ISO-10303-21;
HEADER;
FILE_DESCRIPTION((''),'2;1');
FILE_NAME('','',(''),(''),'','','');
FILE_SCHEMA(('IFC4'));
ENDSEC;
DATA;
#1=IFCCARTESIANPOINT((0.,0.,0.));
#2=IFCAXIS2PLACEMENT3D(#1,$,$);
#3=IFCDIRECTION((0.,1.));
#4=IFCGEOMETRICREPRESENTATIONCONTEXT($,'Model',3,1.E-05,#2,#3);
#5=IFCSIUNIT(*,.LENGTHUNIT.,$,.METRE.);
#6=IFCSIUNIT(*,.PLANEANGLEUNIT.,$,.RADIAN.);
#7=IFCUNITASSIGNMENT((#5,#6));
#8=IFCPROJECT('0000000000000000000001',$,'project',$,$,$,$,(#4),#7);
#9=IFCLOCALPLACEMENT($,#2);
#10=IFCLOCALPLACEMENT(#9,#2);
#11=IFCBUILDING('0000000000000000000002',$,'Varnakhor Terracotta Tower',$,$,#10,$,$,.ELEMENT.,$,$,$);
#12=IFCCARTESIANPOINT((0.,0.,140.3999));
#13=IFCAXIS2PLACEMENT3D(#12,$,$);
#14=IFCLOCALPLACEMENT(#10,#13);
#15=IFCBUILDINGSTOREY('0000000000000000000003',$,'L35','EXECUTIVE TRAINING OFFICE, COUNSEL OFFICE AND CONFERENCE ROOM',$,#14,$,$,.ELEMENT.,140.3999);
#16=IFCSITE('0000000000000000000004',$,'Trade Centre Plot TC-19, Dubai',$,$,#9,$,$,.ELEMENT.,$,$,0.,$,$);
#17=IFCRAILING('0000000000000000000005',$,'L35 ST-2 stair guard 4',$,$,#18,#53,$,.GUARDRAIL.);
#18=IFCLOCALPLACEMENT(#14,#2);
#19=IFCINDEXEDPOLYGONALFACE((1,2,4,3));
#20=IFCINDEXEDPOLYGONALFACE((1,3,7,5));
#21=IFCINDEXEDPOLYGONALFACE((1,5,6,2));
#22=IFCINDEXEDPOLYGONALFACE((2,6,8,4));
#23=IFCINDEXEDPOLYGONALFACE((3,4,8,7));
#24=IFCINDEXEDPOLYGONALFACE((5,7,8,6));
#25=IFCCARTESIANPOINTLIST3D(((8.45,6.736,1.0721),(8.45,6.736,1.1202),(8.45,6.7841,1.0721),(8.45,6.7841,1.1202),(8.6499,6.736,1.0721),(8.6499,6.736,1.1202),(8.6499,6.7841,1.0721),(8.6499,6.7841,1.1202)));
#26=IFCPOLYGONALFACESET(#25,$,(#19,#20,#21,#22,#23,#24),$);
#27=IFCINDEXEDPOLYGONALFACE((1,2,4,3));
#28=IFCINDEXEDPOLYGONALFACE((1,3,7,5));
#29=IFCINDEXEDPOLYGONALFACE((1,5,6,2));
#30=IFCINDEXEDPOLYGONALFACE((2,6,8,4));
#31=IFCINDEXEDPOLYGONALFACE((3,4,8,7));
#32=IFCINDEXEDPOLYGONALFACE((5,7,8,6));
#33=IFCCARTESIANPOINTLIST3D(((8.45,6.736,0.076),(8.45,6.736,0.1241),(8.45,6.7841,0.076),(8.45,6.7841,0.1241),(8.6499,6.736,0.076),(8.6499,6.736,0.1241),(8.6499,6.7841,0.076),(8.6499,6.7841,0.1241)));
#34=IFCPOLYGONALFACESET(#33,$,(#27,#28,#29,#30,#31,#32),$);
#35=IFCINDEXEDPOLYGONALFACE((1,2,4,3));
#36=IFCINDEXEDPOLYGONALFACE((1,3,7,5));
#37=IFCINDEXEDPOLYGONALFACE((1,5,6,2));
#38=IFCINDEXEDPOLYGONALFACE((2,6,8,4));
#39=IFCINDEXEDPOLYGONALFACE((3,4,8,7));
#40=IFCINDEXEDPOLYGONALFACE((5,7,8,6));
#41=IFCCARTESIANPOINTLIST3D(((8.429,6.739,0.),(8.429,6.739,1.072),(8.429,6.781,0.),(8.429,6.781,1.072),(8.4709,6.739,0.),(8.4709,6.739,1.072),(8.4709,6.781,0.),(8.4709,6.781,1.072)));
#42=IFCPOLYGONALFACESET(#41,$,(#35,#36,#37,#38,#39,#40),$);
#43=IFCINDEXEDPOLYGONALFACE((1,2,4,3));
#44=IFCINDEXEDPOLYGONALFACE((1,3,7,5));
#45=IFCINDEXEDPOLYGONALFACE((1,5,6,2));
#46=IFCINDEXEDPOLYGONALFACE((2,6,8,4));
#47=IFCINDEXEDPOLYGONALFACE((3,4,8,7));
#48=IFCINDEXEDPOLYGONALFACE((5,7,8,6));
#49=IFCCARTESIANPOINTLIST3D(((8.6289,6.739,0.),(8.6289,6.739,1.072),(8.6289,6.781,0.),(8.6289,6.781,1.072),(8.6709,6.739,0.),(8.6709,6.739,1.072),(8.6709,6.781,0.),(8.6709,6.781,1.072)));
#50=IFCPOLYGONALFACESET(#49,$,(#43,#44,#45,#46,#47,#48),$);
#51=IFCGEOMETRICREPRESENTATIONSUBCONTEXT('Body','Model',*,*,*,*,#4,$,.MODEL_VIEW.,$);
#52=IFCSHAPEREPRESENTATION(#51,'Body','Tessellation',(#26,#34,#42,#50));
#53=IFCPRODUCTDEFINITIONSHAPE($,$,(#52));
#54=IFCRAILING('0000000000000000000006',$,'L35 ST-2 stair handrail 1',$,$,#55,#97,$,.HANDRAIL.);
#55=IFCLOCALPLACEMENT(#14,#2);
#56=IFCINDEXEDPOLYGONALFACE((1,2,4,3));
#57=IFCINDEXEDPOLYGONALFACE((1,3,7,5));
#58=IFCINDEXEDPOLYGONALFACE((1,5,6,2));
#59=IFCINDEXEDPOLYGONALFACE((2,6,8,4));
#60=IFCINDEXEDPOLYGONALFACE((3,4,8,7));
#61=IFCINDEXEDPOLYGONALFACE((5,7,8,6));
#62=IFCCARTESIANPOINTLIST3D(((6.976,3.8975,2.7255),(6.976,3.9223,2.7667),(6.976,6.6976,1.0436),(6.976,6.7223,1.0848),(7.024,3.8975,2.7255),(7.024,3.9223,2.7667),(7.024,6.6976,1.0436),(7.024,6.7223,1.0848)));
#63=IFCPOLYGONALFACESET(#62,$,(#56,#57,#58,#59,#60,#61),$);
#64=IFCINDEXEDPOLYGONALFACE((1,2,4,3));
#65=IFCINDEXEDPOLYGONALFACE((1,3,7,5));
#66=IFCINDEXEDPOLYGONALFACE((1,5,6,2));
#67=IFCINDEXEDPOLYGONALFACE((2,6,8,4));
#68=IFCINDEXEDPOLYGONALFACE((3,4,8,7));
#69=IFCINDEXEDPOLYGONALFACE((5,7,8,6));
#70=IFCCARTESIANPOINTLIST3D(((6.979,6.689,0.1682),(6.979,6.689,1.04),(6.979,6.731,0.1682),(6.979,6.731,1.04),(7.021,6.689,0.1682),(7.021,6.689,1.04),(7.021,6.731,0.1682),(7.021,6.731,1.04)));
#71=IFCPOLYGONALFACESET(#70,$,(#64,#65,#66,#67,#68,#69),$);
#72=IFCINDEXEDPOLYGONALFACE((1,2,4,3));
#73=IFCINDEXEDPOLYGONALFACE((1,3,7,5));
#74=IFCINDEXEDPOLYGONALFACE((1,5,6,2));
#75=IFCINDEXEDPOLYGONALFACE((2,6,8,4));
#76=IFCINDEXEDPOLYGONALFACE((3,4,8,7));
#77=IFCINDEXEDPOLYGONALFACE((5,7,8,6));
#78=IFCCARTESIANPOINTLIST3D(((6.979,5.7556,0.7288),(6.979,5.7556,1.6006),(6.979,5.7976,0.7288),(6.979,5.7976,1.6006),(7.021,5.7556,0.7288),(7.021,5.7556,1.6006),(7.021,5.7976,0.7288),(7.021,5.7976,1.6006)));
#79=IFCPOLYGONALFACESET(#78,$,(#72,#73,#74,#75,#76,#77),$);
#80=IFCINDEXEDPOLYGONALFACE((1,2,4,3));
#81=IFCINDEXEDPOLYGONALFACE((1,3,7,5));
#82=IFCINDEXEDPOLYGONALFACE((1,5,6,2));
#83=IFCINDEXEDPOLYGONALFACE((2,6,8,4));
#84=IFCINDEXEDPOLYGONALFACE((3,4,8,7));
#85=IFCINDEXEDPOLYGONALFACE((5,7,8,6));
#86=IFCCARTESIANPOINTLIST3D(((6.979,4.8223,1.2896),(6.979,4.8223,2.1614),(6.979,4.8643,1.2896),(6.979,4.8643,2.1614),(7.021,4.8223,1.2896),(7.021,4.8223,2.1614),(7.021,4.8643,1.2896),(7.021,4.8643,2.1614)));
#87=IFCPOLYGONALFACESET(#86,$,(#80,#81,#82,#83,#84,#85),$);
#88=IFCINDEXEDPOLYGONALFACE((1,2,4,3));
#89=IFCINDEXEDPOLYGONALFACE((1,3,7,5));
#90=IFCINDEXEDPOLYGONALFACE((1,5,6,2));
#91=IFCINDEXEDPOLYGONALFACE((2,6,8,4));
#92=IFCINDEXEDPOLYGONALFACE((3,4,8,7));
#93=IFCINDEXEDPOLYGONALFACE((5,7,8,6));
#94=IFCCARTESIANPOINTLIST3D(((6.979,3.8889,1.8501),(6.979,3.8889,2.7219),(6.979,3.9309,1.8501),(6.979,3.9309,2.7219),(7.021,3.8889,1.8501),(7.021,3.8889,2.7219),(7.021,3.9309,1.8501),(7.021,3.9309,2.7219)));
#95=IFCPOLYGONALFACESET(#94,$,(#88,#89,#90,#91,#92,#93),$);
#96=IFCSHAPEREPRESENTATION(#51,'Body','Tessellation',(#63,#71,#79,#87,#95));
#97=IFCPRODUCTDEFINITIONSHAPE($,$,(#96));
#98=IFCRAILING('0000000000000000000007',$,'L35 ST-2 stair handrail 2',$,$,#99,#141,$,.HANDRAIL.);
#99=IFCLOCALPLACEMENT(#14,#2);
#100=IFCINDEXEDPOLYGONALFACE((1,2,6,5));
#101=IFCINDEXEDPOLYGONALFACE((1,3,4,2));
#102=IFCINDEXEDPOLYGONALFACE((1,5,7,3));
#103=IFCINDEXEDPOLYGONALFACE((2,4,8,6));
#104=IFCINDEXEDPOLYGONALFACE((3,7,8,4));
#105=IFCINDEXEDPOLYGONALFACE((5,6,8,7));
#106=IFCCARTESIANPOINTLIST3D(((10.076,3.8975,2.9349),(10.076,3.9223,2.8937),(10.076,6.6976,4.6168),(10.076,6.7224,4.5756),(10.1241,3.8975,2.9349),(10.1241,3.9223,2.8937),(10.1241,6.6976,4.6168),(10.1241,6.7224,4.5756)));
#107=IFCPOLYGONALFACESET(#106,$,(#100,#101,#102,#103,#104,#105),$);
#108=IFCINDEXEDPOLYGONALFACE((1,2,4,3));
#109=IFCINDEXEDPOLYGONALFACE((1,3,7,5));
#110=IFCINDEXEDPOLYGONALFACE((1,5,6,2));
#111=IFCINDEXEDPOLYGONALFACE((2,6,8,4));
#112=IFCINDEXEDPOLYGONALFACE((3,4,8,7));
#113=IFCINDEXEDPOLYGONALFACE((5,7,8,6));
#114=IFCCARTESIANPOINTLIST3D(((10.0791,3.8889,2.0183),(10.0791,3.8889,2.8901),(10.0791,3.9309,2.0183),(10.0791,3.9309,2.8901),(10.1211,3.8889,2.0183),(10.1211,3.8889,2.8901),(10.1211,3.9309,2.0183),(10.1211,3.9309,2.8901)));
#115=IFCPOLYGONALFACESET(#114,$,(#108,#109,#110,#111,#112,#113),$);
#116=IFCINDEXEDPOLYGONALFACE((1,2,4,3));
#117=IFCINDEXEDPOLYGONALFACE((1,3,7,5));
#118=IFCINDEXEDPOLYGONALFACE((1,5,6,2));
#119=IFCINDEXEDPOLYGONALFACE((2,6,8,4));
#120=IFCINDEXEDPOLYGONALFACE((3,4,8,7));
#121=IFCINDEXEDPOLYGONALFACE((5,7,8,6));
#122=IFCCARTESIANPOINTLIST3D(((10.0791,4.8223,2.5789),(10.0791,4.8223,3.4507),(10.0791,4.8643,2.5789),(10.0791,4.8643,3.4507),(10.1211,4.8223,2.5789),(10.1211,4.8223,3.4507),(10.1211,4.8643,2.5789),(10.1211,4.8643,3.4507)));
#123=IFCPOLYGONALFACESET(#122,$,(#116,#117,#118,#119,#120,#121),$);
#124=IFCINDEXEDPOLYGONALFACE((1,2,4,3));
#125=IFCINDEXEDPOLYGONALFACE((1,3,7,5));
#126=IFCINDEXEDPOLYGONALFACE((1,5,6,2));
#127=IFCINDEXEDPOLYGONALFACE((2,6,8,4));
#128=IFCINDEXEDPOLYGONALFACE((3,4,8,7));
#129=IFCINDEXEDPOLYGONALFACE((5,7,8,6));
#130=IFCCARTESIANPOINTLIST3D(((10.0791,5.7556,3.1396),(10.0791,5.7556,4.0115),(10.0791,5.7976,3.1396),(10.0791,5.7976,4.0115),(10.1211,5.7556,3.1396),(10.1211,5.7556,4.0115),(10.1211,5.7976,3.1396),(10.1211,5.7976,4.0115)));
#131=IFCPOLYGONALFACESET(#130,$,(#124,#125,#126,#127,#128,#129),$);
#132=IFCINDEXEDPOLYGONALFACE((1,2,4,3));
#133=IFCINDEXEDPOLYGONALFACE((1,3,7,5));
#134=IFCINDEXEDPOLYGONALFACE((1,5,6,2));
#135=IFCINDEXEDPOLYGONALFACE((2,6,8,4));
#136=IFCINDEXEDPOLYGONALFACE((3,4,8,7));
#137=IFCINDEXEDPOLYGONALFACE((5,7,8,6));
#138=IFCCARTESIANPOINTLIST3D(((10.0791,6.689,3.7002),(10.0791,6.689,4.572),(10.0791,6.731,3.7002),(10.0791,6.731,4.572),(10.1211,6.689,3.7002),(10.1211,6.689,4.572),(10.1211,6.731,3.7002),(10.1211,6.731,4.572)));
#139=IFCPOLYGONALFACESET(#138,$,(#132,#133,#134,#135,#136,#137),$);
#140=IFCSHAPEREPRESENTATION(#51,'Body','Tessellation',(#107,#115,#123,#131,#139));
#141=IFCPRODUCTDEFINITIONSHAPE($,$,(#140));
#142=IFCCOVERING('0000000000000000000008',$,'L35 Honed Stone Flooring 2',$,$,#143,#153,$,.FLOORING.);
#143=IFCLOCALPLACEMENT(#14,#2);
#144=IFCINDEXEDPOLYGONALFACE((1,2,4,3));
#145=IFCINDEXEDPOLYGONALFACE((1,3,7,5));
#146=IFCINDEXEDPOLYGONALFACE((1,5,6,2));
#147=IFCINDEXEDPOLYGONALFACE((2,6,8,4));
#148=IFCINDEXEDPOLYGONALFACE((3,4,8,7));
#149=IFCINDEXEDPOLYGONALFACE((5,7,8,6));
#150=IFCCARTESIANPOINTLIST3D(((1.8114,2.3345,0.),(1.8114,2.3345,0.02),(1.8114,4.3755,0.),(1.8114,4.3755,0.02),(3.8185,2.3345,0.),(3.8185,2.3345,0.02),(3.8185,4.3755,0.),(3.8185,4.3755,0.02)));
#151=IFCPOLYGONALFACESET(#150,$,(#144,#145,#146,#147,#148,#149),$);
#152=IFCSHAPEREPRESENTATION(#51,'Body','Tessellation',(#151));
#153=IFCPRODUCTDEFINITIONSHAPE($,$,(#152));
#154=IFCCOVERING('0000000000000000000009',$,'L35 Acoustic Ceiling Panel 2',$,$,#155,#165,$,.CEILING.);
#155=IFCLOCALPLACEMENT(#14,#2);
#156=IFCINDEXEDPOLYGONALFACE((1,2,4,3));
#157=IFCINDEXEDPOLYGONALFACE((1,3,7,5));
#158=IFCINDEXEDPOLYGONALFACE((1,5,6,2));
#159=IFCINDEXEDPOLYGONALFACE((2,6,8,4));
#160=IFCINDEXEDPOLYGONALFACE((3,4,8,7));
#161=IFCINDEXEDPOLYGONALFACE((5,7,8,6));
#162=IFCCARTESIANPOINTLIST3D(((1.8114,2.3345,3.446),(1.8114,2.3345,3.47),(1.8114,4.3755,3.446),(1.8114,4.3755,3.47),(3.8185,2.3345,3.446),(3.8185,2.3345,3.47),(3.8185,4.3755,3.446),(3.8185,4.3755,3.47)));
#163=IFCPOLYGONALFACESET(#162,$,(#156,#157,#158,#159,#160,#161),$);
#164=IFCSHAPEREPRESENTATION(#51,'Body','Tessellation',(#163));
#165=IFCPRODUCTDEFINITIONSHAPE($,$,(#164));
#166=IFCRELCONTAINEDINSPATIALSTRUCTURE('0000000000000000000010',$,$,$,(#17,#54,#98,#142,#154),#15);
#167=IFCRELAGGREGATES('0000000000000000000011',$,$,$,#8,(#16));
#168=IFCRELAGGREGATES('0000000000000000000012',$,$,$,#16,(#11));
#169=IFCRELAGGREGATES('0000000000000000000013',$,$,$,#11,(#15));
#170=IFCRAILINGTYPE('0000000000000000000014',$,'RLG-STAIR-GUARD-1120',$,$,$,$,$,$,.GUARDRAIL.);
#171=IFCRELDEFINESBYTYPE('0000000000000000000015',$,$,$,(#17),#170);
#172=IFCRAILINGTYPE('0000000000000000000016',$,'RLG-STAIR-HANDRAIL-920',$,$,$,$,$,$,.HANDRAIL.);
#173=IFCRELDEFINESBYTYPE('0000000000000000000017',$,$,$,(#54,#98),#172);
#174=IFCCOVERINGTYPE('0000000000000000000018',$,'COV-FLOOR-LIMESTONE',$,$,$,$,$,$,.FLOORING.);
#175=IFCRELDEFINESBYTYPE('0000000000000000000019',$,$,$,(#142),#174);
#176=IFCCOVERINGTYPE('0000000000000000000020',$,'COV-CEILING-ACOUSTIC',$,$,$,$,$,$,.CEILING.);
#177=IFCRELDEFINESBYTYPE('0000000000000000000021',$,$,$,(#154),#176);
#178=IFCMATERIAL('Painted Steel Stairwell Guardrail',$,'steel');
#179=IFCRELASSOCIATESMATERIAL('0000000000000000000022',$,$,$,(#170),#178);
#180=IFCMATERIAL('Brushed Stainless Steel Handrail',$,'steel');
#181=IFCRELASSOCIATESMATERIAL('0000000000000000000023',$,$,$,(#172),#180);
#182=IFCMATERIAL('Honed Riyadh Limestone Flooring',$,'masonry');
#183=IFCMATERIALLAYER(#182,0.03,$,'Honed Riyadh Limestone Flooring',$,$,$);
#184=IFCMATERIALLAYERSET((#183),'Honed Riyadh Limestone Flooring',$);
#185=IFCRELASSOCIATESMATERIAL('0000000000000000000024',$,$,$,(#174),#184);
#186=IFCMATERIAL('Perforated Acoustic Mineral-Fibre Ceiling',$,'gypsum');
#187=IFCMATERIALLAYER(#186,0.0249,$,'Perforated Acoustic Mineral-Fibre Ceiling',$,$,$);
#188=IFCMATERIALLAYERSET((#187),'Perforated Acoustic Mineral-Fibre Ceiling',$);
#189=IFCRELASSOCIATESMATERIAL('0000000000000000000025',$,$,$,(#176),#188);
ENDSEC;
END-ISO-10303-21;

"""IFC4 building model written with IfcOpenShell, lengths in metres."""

from ifc_helpers import new_model, si_unit, direction, frame, origin, origin_2d, place, context, subcontext, project, spatial, rectangle, extrude, source, transform, mapped, material, layer, layer_set, type_object, element, save


model = new_model("IFC4")

# Units and contexts
model_context = context("Model", 3, precision=1e-05, world=origin(), true_north=direction((0.0, 1.0)))
body_context = subcontext(model_context, "Body", "Model", "MODEL_VIEW")
ifc_project = project(units=[si_unit("LENGTHUNIT", "METRE"), si_unit("PLANEANGLEUNIT", "RADIAN")], contexts=[model_context])

# Site, building, storey
site_placement = place(None, origin())
site = spatial("IfcSite", under=ifc_project, at=site_placement, Name="Trade Centre Plot TC-19, Dubai", CompositionType="ELEMENT", RefElevation=0.0)
building_placement = place(site_placement, origin())
building = spatial("IfcBuilding", under=site, at=building_placement, Name="Varnakhor Terracotta Tower", CompositionType="ELEMENT")
storey_placement = place(building_placement, frame((0.0, 0.0, 140.3999)))
storey = spatial("IfcBuildingStorey", under=building, at=storey_placement, Name="L35", Description="EXECUTIVE TRAINING OFFICE, COUNSEL OFFICE AND CONFERENCE ROOM", CompositionType="ELEMENT", Elevation=140.3999)

# Railings
ifc_material_1 = material(Name="Painted Steel Stairwell Guardrail", Category="steel")
railing_type_1 = type_object("IfcRailingType", Name="RLG-STAIR-GUARD-1120", PredefinedType="GUARDRAIL", material=ifc_material_1)
railing_1_placement = place(storey_placement, frame((8.45, 6.76, 0.0)))
element("IfcRailing", 1, at=railing_1_placement, inside=storey, type_object=railing_type_1, Name="L35 ST-2 stair guard 4", PredefinedType="GUARDRAIL", context=body_context, shape_type="SweptSolid", body=[
    extrude(rectangle(XDim=0.0481, YDim=0.0481, at=origin_2d()), frame((0.0, 0.0, 1.0962), z_axis=(1.0, 0.0, 0.0), x_axis=(0.0, 1.0, 0.0)), (0.0, 0.0, 1.0), 0.2),
    extrude(rectangle(XDim=0.0481, YDim=0.0481, at=origin_2d()), frame((0.0, 0.0, 0.1001), z_axis=(1.0, 0.0, 0.0), x_axis=(0.0, 1.0, 0.0)), (0.0, 0.0, 1.0), 0.2),
    extrude(rectangle(XDim=0.042, YDim=0.042, at=origin_2d()), origin(), (0.0, 0.0, 1.0), 1.072),
    extrude(rectangle(XDim=0.042, YDim=0.042, at=origin_2d()), frame((0.2, 0.0, 0.0)), (0.0, 0.0, 1.0), 1.072),
])
ifc_material_2 = material(Name="Brushed Stainless Steel Handrail", Category="steel")
railing_type_2 = type_object("IfcRailingType", Name="RLG-STAIR-HANDRAIL-920", PredefinedType="HANDRAIL", material=ifc_material_2)
railing_2_placement = place(storey_placement, frame((7.0, 6.71, 0.1682)))
element("IfcRailing", 2, at=railing_2_placement, inside=storey, type_object=railing_type_2, Name="L35 ST-2 stair handrail 1", PredefinedType="HANDRAIL", context=body_context, shape_type="SweptSolid", body=[
    extrude(rectangle(XDim=0.0481, YDim=0.0481, at=origin_2d()), frame((0.0, 0.0, 0.896), z_axis=(0.0, -0.857242, 0.514913), x_axis=(1.0, 0.0, 0.0)), (0.0, 0.0, 1.0), 3.2664),
    extrude(rectangle(XDim=0.042, YDim=0.042, at=origin_2d()), origin(), (0.0, 0.0, 1.0), 0.8718),
    extrude(rectangle(XDim=0.042, YDim=0.042, at=origin_2d()), frame((0.0, -0.9333, 0.5605)), (0.0, 0.0, 1.0), 0.8718),
    extrude(rectangle(XDim=0.042, YDim=0.042, at=origin_2d()), frame((0.0, -1.8667, 1.1213)), (0.0, 0.0, 1.0), 0.8718),
    extrude(rectangle(XDim=0.042, YDim=0.042, at=origin_2d()), frame((0.0, -2.8, 1.6819)), (0.0, 0.0, 1.0), 0.8718),
])
railing_3_placement = place(storey_placement, frame((10.1001, 3.9099, 2.0183)))
element("IfcRailing", 3, at=railing_3_placement, inside=storey, type_object=railing_type_2, Name="L35 ST-2 stair handrail 2", PredefinedType="HANDRAIL", context=body_context, shape_type="SweptSolid", body=[
    extrude(rectangle(XDim=0.0481, YDim=0.0481, at=origin_2d()), frame((0.0, 0.0, 0.896), z_axis=(0.0, 0.857242, 0.514913), x_axis=(-1.0, 0.0, 0.0)), (0.0, 0.0, 1.0), 3.2664),
    extrude(rectangle(XDim=0.042, YDim=0.042, at=origin_2d()), origin(), (0.0, 0.0, 1.0), 0.8718),
    extrude(rectangle(XDim=0.042, YDim=0.042, at=origin_2d()), frame((0.0, 0.9333, 0.5605)), (0.0, 0.0, 1.0), 0.8718),
    extrude(rectangle(XDim=0.042, YDim=0.042, at=origin_2d()), frame((0.0, 1.8667, 1.1213)), (0.0, 0.0, 1.0), 0.8718),
    extrude(rectangle(XDim=0.042, YDim=0.042, at=origin_2d()), frame((0.0, 2.8, 1.6819)), (0.0, 0.0, 1.0), 0.8718),
])

# Coverings
ifc_material_3 = material(Name="Honed Riyadh Limestone Flooring", Category="masonry")
ifc_layer_1 = layer(ifc_material_3, 0.03, Name="Honed Riyadh Limestone Flooring")
ifc_layer_set_1 = layer_set([ifc_layer_1], Name="Honed Riyadh Limestone Flooring")
covering_type_1 = type_object("IfcCoveringType", Name="COV-FLOOR-LIMESTONE", PredefinedType="FLOORING", material=ifc_layer_set_1)
shared_shape_1 = source(origin(), body_context, "Body", "SweptSolid", [
    extrude(rectangle(XDim=2.0071, YDim=2.041, at=origin_2d()), origin(), (0.0, 0.0, 1.0), 0.02),
])
covering_1_placement = place(storey_placement, frame((2.8149, 3.355, 0.0), z_axis=(0.0, 0.0, 1.0), x_axis=(1.0, 0.0, 0.0)))
element("IfcCovering", 4, at=covering_1_placement, inside=storey, type_object=covering_type_1, Name="L35 Honed Stone Flooring 2", PredefinedType="FLOORING", context=body_context, shape_type="MappedRepresentation", body=[
    mapped(shared_shape_1, transform((0.0, 0.0, 0.0), scale=1.0)),
])
ifc_material_4 = material(Name="Perforated Acoustic Mineral-Fibre Ceiling", Category="gypsum")
ifc_layer_2 = layer(ifc_material_4, 0.0249, Name="Perforated Acoustic Mineral-Fibre Ceiling")
ifc_layer_set_2 = layer_set([ifc_layer_2], Name="Perforated Acoustic Mineral-Fibre Ceiling")
covering_type_2 = type_object("IfcCoveringType", Name="COV-CEILING-ACOUSTIC", PredefinedType="CEILING", material=ifc_layer_set_2)
shared_shape_2 = source(origin(), body_context, "Body", "SweptSolid", [
    extrude(rectangle(XDim=2.0071, YDim=2.041, at=origin_2d()), origin(), (0.0, 0.0, 1.0), 0.0239),
])
covering_2_placement = place(storey_placement, frame((2.8149, 3.355, 3.446), z_axis=(0.0, 0.0, 1.0), x_axis=(1.0, 0.0, 0.0)))
element("IfcCovering", 5, at=covering_2_placement, inside=storey, type_object=covering_type_2, Name="L35 Acoustic Ceiling Panel 2", PredefinedType="CEILING", context=body_context, shape_type="MappedRepresentation", body=[
    mapped(shared_shape_2, transform((0.0, 0.0, 0.0), scale=1.0)),
])

save(model, "model.ifc")
